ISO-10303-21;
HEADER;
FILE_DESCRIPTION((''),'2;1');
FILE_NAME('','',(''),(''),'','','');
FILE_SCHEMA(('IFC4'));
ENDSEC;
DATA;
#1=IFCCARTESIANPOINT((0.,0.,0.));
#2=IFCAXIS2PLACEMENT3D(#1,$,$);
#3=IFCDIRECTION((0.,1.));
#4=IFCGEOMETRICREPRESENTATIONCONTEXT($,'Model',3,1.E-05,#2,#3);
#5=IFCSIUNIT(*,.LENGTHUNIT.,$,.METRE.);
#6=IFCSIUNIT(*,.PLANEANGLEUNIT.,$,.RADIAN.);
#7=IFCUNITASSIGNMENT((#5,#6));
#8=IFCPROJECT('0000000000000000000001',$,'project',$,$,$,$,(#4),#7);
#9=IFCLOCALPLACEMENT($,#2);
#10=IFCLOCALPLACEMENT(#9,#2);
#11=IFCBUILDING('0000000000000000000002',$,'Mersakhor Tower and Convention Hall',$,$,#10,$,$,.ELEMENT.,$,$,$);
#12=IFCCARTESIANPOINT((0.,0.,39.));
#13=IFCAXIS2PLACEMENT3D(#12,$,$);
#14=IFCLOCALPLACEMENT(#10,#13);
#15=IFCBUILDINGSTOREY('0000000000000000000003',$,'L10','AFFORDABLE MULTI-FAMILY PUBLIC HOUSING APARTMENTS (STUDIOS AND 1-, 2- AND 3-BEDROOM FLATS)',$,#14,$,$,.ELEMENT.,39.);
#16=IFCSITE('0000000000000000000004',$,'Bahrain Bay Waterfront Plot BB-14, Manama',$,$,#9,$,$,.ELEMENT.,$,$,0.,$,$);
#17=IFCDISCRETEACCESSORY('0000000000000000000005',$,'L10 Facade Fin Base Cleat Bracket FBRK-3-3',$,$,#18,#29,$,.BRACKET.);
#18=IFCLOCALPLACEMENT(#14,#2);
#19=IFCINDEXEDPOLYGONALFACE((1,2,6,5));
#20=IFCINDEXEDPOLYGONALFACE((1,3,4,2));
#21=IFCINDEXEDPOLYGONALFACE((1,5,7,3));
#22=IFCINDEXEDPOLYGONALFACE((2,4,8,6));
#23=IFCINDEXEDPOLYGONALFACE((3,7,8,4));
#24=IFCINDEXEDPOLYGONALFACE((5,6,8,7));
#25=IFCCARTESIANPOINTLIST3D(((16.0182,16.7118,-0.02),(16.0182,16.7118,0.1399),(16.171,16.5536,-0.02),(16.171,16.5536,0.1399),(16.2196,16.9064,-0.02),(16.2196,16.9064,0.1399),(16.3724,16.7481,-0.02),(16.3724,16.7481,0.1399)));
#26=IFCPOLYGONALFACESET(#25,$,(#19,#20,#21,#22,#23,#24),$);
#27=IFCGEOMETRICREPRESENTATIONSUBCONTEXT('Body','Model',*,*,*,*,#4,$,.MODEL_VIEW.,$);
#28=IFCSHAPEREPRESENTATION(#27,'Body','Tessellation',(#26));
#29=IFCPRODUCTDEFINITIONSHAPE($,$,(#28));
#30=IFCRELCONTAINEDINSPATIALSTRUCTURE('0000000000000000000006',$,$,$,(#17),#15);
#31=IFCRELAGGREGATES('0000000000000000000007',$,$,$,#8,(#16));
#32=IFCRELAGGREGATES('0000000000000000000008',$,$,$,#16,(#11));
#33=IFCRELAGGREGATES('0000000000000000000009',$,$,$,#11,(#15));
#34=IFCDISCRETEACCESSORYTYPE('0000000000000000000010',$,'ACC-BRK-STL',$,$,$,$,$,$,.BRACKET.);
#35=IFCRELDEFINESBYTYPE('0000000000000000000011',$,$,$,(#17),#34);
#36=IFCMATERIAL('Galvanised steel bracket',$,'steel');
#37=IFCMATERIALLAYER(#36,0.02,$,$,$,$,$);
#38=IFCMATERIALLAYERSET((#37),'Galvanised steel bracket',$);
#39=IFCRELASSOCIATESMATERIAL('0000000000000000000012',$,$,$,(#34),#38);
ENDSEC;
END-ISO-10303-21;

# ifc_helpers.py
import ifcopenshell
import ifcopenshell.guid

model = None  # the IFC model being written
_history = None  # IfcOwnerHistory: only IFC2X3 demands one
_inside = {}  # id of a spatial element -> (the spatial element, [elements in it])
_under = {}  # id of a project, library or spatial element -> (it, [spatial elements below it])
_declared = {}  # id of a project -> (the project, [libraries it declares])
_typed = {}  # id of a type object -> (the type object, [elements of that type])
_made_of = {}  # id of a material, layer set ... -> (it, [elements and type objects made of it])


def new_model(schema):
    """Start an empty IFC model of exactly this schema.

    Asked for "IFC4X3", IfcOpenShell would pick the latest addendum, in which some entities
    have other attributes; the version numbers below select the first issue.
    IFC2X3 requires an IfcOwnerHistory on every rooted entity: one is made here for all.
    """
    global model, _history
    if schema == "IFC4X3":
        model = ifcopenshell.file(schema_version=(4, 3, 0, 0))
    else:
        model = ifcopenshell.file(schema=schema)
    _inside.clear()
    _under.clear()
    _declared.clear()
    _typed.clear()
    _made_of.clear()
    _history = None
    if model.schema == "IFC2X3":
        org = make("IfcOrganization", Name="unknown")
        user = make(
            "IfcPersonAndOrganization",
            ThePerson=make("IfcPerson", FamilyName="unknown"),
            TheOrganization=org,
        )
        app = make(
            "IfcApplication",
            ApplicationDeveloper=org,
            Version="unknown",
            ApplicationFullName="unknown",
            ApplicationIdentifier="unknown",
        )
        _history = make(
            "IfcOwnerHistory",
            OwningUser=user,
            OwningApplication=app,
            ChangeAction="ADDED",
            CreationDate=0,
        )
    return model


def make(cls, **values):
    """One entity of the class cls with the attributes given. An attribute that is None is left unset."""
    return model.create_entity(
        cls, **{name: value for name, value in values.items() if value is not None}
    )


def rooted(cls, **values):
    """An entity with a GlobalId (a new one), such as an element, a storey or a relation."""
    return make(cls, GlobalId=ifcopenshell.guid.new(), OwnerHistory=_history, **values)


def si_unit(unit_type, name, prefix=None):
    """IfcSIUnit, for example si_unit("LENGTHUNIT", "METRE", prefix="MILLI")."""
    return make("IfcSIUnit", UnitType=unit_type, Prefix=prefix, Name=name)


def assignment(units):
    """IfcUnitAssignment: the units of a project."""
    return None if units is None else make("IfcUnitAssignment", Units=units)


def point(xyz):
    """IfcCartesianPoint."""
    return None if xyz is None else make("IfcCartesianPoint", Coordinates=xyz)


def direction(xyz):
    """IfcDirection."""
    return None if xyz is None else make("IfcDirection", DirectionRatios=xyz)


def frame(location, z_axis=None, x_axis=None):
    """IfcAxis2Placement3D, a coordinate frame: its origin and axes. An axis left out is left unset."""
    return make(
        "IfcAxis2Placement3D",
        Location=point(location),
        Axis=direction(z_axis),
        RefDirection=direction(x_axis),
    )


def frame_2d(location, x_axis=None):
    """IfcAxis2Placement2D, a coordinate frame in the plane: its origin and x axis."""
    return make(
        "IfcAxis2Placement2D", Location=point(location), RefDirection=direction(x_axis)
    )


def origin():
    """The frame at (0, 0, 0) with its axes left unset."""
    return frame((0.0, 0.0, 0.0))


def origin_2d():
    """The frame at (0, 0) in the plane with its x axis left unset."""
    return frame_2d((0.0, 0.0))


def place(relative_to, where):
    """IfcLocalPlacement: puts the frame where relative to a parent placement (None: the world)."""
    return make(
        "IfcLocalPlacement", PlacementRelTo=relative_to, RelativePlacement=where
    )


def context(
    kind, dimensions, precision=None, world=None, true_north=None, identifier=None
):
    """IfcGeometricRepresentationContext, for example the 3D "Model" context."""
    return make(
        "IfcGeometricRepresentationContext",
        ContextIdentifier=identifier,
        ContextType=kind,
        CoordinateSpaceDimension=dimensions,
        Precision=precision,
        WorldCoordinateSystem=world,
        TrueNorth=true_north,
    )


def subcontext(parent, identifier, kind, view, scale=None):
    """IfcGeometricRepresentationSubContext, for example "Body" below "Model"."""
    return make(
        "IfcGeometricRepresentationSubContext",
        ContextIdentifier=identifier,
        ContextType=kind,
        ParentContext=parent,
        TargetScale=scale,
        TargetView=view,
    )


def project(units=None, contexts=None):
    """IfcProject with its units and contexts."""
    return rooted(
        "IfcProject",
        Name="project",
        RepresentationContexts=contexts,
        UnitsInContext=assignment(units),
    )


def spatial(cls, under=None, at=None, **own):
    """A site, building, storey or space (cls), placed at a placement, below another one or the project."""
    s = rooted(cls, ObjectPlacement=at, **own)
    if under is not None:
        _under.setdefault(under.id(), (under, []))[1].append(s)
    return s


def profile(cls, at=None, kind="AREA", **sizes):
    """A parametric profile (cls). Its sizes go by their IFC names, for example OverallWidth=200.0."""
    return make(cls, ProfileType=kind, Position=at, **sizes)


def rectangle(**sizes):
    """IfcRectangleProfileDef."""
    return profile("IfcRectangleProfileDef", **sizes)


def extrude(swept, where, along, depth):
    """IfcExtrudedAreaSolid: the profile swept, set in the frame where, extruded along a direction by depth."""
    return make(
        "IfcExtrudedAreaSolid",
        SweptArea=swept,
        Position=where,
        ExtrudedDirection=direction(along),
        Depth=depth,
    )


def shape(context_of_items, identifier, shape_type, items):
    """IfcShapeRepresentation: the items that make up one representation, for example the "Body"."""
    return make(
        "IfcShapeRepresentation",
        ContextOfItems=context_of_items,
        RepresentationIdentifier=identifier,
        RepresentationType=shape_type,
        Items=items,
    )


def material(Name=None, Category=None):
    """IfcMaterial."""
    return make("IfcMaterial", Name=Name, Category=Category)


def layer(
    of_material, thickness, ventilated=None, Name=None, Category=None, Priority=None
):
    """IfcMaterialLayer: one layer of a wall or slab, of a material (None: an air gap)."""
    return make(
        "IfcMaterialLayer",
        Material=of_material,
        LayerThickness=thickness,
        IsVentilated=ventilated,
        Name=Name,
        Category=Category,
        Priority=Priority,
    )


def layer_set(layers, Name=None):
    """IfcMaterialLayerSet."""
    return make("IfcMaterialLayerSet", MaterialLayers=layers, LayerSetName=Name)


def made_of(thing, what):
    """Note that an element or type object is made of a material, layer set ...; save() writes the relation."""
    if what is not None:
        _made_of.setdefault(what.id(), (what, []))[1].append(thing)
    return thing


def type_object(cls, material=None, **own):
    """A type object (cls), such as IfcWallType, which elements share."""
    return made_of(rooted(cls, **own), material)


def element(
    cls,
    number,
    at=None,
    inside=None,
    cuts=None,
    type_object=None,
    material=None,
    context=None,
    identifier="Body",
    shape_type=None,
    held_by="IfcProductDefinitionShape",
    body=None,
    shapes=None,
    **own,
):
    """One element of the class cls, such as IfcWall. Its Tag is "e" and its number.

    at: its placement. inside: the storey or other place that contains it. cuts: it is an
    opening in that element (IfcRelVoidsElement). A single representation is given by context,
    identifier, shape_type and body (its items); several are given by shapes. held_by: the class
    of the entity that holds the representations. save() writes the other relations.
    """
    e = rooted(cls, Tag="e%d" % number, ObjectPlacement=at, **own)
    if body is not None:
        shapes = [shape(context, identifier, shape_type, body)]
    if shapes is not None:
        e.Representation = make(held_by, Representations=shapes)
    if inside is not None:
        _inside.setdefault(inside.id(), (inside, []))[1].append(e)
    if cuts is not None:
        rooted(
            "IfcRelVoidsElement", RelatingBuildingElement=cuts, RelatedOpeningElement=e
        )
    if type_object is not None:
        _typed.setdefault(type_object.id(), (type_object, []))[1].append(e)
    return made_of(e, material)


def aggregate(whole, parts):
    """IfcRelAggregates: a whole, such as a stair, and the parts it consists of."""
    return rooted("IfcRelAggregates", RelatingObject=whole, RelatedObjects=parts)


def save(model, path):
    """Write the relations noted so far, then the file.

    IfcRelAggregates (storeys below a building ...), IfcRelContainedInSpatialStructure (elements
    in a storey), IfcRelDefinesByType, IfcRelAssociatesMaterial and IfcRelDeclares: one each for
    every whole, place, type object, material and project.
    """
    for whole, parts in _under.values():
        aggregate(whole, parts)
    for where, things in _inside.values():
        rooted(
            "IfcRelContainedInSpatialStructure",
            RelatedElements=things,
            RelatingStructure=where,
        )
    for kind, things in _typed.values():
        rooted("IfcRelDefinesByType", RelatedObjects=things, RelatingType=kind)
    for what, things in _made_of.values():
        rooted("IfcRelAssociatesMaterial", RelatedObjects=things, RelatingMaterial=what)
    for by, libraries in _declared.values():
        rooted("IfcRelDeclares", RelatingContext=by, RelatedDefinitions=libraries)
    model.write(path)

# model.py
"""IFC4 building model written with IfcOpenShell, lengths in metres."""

from ifc_helpers import new_model, si_unit, direction, frame, origin, origin_2d, place, context, subcontext, project, spatial, rectangle, extrude, material, layer, layer_set, type_object, element, save


model = new_model("IFC4")

# Units and contexts
model_context = context("Model", 3, precision=1e-05, world=origin(), true_north=direction((0.0, 1.0)))
body_context = subcontext(model_context, "Body", "Model", "MODEL_VIEW")
ifc_project = project(units=[si_unit("LENGTHUNIT", "METRE"), si_unit("PLANEANGLEUNIT", "RADIAN")], contexts=[model_context])

# Site, building, storey
site_placement = place(None, origin())
site = spatial("IfcSite", under=ifc_project, at=site_placement, Name="Bahrain Bay Waterfront Plot BB-14, Manama", CompositionType="ELEMENT", RefElevation=0.0)
building_placement = place(site_placement, origin())
building = spatial("IfcBuilding", under=site, at=building_placement, Name="Mersakhor Tower and Convention Hall", CompositionType="ELEMENT")
storey_placement = place(building_placement, frame((0.0, 0.0, 39.0)))
storey = spatial("IfcBuildingStorey", under=building, at=storey_placement, Name="L10", Description="AFFORDABLE MULTI-FAMILY PUBLIC HOUSING APARTMENTS (STUDIOS AND 1-, 2- AND 3-BEDROOM FLATS)", CompositionType="ELEMENT", Elevation=39.0)

# Discrete accessory
ifc_material_1 = material(Name="Galvanised steel bracket", Category="steel")
ifc_layer_1 = layer(ifc_material_1, 0.02)
ifc_layer_set_1 = layer_set([ifc_layer_1], Name="Galvanised steel bracket")
discrete_accessory_type = type_object("IfcDiscreteAccessoryType", Name="ACC-BRK-STL", PredefinedType="BRACKET", material=ifc_layer_set_1)
discrete_accessory_1_placement = place(storey_placement, frame((16.1953, 16.73, -0.02), z_axis=(0.0, 0.0, 1.0), x_axis=(-0.71934, -0.694658, 0.0)))
element("IfcDiscreteAccessory", 1, at=discrete_accessory_1_placement, inside=storey, type_object=discrete_accessory_type, Name="L10 Facade Fin Base Cleat Bracket FBRK-3-3", PredefinedType="BRACKET", context=body_context, shape_type="SweptSolid", body=[
    extrude(rectangle(XDim=0.28, YDim=0.22, at=origin_2d()), origin(), (0.0, 0.0, 1.0), 0.1599),
])

save(model, "model.ifc")
